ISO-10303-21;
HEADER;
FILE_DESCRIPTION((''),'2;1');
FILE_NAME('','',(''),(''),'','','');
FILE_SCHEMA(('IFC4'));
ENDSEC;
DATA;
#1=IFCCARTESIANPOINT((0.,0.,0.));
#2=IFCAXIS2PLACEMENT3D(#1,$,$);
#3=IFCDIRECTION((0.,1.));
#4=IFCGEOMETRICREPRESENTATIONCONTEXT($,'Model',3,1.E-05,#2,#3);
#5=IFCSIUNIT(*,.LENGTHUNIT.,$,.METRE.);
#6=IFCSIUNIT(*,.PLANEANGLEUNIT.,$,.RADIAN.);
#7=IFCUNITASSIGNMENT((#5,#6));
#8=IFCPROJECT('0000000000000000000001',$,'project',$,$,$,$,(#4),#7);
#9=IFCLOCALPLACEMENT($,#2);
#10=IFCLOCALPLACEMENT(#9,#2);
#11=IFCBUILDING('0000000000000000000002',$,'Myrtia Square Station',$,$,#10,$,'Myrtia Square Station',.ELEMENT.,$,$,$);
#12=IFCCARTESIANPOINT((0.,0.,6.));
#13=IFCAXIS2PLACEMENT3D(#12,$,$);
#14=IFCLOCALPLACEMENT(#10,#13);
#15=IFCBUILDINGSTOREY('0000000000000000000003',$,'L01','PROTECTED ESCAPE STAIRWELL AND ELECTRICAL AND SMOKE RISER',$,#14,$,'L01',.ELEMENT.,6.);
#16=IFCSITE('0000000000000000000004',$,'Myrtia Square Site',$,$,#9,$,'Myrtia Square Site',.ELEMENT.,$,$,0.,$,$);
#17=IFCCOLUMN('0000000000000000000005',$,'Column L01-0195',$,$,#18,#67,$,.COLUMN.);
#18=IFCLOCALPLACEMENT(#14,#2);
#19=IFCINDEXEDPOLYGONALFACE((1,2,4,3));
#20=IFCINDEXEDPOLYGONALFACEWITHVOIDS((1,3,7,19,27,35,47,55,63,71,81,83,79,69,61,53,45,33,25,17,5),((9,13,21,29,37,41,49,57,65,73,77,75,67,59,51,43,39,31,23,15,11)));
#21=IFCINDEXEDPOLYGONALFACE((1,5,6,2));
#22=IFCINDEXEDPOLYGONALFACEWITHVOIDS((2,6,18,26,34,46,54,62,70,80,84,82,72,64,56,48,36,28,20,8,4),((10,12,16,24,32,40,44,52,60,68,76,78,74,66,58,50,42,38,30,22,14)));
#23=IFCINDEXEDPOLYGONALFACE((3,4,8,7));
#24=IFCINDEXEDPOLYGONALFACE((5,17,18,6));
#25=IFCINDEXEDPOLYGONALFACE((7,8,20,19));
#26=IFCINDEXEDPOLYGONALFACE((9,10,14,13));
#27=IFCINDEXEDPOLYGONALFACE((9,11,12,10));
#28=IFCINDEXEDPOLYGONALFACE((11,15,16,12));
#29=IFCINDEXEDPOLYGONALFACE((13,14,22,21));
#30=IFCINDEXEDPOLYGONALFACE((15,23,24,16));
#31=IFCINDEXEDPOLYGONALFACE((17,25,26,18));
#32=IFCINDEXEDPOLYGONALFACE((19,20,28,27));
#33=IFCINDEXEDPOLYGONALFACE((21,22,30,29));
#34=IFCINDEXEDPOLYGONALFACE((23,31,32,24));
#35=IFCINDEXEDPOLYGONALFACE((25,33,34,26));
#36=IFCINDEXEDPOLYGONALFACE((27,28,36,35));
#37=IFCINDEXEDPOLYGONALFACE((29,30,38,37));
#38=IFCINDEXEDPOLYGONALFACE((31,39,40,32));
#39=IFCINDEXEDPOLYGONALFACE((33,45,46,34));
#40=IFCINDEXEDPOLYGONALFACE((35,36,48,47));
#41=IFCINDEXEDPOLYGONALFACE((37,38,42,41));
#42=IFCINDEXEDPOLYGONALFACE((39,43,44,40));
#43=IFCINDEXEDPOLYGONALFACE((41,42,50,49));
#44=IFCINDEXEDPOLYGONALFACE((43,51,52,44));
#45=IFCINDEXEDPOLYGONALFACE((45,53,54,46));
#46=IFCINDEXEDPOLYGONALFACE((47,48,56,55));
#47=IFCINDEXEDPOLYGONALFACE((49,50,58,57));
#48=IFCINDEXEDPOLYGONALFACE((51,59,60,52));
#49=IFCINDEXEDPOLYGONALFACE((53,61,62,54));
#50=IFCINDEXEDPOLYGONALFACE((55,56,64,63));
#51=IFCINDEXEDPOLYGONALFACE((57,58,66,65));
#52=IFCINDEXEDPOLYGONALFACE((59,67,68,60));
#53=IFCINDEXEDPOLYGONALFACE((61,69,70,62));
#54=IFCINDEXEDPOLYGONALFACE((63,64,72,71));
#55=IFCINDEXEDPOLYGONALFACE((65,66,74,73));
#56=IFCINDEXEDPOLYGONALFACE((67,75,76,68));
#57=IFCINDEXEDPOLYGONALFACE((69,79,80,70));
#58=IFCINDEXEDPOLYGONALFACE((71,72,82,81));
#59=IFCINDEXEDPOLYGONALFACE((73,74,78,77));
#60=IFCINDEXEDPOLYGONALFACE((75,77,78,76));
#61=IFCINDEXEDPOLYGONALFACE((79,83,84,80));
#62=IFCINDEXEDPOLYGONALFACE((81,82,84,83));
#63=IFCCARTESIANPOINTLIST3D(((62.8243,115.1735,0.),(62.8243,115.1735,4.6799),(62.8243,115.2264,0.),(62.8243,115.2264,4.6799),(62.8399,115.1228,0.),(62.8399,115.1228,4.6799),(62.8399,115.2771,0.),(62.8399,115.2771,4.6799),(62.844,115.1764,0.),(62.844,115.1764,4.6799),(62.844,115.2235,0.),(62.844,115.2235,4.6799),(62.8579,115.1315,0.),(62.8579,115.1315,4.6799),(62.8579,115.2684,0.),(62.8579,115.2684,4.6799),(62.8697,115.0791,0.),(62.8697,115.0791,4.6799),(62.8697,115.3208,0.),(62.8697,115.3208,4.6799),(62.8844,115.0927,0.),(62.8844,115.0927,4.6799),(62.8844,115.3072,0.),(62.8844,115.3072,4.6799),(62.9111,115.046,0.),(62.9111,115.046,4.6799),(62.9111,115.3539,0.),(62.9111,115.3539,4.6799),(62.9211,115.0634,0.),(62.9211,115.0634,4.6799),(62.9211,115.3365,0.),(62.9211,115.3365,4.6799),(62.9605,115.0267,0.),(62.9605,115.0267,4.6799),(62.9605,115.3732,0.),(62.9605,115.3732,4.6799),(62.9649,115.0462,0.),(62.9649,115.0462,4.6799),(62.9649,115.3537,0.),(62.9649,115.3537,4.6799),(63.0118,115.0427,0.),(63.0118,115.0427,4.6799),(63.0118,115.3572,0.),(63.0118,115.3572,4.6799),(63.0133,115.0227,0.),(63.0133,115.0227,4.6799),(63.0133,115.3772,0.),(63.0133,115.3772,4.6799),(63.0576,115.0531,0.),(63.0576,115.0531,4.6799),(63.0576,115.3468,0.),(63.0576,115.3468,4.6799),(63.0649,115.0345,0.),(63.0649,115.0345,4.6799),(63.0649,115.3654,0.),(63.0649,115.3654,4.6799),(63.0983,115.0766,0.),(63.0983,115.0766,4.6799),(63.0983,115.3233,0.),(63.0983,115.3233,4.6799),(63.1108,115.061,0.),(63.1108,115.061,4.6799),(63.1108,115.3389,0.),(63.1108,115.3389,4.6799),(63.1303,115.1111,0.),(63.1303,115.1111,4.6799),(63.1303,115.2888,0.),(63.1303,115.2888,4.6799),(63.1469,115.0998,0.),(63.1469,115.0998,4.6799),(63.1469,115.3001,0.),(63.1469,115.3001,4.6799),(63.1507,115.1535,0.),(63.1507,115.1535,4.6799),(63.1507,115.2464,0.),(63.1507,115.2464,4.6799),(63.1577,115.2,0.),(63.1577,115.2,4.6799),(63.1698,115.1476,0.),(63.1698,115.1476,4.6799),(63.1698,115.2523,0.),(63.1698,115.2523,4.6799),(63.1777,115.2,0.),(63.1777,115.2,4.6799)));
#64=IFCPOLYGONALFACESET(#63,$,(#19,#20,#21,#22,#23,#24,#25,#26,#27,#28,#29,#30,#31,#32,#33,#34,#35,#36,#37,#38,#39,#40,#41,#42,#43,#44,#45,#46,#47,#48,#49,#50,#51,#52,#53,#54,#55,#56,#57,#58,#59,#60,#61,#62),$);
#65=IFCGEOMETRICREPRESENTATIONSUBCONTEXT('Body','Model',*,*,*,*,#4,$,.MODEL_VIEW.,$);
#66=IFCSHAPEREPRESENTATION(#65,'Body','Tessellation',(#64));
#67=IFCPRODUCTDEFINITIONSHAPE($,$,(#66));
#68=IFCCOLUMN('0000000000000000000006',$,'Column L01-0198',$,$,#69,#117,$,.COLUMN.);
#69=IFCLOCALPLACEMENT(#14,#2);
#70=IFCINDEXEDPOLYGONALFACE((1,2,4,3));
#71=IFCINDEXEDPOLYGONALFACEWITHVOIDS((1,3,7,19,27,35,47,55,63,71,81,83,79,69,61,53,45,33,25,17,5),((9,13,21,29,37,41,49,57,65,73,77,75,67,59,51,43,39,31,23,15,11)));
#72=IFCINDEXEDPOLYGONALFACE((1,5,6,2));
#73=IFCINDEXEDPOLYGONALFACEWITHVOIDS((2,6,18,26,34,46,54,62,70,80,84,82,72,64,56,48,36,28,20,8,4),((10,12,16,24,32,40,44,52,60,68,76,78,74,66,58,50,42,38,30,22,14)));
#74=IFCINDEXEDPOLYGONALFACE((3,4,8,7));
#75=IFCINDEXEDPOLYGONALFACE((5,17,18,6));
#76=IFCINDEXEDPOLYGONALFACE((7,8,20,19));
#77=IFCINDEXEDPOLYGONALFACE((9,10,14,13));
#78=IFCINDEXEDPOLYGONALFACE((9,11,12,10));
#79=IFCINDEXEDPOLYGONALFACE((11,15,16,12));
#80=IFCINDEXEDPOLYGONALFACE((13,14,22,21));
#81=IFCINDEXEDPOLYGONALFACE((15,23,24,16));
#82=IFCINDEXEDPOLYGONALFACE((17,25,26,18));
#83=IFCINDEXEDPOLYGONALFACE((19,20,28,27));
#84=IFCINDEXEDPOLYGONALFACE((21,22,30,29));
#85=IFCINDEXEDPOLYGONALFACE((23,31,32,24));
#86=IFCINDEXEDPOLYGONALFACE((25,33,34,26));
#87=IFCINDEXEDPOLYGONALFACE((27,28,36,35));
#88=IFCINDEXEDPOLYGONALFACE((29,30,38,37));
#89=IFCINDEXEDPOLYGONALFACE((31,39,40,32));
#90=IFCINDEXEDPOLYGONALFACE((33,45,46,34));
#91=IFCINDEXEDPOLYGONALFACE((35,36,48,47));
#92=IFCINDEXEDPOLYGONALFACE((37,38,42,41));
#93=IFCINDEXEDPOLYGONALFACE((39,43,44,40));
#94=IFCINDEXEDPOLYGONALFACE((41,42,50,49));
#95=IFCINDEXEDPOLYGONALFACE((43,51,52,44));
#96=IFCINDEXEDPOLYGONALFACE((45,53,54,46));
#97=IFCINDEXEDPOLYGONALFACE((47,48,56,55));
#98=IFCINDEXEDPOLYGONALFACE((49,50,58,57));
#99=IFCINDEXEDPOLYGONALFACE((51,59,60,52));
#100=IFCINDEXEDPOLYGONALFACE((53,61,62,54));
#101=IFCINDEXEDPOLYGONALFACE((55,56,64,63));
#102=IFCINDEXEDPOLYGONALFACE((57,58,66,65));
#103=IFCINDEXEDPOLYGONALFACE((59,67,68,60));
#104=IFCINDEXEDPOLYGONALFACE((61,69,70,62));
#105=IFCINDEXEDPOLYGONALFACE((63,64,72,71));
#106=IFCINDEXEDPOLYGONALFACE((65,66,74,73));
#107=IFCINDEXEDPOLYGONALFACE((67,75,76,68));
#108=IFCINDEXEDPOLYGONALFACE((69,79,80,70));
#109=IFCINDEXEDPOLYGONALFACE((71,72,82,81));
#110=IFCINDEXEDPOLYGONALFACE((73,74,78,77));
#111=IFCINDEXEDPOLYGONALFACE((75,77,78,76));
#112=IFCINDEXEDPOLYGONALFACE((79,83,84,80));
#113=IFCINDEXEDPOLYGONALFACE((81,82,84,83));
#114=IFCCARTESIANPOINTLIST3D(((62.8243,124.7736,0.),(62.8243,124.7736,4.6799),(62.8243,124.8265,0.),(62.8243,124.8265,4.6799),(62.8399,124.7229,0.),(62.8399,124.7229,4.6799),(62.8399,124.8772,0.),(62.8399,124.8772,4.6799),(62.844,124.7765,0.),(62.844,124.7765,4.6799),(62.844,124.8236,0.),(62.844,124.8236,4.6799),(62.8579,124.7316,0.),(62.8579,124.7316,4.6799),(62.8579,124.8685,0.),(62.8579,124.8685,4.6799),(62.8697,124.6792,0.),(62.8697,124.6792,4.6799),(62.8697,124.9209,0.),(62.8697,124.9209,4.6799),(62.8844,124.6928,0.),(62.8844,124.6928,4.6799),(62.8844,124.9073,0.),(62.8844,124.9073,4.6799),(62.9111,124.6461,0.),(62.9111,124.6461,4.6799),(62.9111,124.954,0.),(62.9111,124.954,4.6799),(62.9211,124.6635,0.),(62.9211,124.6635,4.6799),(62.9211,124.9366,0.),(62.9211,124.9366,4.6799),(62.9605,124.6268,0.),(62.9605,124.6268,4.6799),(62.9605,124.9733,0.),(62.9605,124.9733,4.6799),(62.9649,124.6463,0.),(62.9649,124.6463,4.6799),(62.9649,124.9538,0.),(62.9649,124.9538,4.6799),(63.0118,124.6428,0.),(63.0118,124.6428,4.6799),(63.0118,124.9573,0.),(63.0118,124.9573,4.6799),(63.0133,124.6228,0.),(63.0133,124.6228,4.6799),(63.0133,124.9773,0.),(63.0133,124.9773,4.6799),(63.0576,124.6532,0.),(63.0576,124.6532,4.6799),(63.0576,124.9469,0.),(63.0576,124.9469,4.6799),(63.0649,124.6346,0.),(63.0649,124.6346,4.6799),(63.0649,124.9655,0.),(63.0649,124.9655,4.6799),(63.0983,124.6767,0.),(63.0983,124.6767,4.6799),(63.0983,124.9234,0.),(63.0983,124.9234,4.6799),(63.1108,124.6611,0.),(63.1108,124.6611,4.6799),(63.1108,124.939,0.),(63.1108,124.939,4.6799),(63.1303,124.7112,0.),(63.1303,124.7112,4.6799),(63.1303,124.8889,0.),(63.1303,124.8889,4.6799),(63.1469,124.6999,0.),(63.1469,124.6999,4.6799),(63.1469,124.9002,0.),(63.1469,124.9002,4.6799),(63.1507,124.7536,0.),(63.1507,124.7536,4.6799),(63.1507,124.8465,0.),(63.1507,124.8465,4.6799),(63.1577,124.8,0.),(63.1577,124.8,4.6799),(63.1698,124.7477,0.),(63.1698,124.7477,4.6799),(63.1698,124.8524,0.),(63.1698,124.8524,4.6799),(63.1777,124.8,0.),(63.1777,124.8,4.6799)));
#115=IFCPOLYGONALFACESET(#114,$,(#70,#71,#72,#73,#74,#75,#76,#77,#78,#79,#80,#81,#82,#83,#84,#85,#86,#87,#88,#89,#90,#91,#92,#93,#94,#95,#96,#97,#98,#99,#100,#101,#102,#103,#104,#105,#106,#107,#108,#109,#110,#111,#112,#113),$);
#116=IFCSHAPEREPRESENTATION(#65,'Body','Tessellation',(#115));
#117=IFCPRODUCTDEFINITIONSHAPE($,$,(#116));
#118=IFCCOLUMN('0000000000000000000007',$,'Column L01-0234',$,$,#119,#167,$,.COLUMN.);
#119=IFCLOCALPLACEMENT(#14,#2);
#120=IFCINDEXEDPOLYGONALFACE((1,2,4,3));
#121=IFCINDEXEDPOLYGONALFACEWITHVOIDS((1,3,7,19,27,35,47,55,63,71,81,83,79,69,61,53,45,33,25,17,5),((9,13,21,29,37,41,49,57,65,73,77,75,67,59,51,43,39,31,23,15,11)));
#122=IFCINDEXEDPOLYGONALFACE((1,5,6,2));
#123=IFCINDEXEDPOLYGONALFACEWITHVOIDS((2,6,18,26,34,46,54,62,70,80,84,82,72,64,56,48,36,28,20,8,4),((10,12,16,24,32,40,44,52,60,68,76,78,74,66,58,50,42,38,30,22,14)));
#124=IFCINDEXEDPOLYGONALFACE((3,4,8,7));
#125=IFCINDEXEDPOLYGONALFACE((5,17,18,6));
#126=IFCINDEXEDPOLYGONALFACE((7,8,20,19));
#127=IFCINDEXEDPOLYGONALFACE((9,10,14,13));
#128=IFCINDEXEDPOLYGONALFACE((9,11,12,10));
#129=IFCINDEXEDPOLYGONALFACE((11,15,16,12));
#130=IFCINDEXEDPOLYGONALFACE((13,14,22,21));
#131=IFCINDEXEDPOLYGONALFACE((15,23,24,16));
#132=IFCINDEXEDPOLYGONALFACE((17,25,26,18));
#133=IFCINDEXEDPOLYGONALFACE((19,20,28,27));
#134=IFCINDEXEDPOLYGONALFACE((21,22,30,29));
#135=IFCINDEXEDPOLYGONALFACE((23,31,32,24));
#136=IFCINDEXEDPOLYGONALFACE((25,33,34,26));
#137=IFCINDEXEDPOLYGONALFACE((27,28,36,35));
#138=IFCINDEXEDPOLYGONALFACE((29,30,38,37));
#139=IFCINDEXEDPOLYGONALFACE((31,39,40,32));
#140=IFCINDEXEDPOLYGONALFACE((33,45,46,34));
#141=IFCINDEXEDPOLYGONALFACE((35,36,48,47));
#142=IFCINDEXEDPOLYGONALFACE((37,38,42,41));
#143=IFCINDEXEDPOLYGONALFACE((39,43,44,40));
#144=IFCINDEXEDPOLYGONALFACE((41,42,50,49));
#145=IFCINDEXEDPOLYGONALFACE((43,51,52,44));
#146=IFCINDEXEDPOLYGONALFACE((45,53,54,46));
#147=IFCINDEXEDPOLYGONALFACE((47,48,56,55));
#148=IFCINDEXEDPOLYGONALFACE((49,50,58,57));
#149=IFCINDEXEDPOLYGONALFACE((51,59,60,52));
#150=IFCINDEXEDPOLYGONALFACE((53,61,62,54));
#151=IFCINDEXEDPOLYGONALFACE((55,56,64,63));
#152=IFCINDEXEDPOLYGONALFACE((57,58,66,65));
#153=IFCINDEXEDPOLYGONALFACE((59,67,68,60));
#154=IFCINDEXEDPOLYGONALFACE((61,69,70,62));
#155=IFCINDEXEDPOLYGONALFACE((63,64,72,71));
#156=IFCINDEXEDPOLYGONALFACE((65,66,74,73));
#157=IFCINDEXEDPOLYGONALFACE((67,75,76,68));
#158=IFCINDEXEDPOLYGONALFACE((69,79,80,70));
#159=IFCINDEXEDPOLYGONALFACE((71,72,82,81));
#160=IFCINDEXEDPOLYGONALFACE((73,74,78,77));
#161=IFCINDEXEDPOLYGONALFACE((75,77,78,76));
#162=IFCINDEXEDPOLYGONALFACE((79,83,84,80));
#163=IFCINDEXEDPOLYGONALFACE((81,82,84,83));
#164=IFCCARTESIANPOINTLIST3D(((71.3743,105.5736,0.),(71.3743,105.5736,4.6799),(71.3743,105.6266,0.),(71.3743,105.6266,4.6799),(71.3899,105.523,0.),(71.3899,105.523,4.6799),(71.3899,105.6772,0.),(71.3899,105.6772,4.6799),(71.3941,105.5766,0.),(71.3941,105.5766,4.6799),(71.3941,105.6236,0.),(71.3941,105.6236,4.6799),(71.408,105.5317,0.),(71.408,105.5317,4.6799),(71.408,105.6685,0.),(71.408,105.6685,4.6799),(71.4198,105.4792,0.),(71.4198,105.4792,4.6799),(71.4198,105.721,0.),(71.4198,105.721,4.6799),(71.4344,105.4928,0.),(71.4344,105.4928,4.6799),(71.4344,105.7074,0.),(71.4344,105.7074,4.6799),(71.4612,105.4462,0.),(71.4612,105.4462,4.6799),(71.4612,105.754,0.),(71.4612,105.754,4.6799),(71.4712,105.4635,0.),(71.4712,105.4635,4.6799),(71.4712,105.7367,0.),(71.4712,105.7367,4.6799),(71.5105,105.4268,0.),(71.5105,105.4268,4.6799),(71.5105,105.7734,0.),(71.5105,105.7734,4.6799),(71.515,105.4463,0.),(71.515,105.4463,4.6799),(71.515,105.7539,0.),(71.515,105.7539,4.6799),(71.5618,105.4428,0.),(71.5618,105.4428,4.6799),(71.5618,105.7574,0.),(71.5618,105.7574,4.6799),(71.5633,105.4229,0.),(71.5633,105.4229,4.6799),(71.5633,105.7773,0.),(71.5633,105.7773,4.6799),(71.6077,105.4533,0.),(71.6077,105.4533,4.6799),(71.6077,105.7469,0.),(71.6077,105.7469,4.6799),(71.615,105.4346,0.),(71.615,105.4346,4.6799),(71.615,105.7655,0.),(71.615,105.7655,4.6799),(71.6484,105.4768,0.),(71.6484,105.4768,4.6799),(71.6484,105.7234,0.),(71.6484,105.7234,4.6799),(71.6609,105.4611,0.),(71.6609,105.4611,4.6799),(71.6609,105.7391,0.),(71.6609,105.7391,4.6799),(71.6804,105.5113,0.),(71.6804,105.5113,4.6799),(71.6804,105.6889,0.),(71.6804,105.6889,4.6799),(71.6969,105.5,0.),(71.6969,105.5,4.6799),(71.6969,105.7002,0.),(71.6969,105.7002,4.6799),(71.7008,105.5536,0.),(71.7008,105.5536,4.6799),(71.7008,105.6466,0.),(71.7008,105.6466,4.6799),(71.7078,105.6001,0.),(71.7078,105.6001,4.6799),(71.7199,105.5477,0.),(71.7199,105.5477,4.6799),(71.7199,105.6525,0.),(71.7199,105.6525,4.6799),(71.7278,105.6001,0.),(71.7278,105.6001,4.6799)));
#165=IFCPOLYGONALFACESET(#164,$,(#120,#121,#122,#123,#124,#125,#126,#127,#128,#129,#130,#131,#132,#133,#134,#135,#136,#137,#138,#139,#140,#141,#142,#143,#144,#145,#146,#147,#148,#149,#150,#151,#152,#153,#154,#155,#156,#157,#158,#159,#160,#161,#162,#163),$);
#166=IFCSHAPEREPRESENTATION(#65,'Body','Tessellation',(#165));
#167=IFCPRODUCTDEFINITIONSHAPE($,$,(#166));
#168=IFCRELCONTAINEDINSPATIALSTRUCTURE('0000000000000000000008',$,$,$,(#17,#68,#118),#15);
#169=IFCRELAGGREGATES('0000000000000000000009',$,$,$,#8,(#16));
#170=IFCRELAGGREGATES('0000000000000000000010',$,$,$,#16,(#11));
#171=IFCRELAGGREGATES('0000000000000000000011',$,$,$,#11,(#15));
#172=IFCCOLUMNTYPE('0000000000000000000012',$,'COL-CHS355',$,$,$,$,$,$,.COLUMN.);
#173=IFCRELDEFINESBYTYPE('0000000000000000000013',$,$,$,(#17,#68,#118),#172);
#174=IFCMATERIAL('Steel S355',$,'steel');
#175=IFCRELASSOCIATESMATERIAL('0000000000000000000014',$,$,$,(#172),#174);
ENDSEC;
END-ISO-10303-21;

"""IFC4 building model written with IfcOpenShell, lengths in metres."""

from ifc_helpers import new_model, si_unit, direction, frame, origin, origin_2d, place, context, subcontext, project, spatial, hollow_circle, extrude, material, material_profile, profile_set, type_object, element, save


model = new_model("IFC4")

# Units and contexts
model_context = context("Model", 3, precision=1e-05, world=origin(), true_north=direction((0.0, 1.0)))
body_context = subcontext(model_context, "Body", "Model", "MODEL_VIEW")
ifc_project = project(units=[si_unit("LENGTHUNIT", "METRE"), si_unit("PLANEANGLEUNIT", "RADIAN")], contexts=[model_context])

# Site, building, storey
site_placement = place(None, origin())
site = spatial("IfcSite", under=ifc_project, at=site_placement, Name="Myrtia Square Site", LongName="Myrtia Square Site", CompositionType="ELEMENT", RefElevation=0.0)
building_placement = place(site_placement, origin())
building = spatial("IfcBuilding", under=site, at=building_placement, Name="Myrtia Square Station", LongName="Myrtia Square Station", CompositionType="ELEMENT")
storey_placement = place(building_placement, frame((0.0, 0.0, 6.0)))
storey = spatial("IfcBuildingStorey", under=building, at=storey_placement, Name="L01", Description="PROTECTED ESCAPE STAIRWELL AND ELECTRICAL AND SMOKE RISER", LongName="L01", CompositionType="ELEMENT", Elevation=6.0)

# Columns
ifc_material_1 = material(Name="Steel S355", Category="steel")
ifc_material_profile_1 = material_profile(ifc_material_1, hollow_circle(Radius=0.1777, WallThickness=0.02, at=origin_2d()), Name="CHS 355.6x20")
ifc_profile_set_1 = profile_set([ifc_material_profile_1], Name="Steel S355")
column_type = type_object("IfcColumnType", Name="COL-CHS355", PredefinedType="COLUMN", material=ifc_profile_set_1)
for number, where, z_axis, x_axis, name in (
    (1, (63.0, 115.2, 0.0), (0.0, 0.0, 1.0), (1.0, 0.0, 0.0), "Column L01-0195"),
    (2, (63.0, 124.8, 0.0), (0.0, 0.0, 1.0), (1.0, 0.0, 0.0), "Column L01-0198"),
    (3, (71.55, 105.6001, 0.0), (0.0, 0.0, 1.0), (1.0, 0.0, 0.0), "Column L01-0234"),
):
    element("IfcColumn", number, at=place(storey_placement, frame(where, z_axis=z_axis, x_axis=x_axis)), inside=storey, type_object=column_type, Name=name, PredefinedType="COLUMN", context=body_context, shape_type="SweptSolid", body=[
        extrude(hollow_circle(Radius=0.1777, WallThickness=0.02, at=origin_2d()), origin(), (0.0, 0.0, 1.0), 4.6799),
    ])

save(model, "model.ifc")
